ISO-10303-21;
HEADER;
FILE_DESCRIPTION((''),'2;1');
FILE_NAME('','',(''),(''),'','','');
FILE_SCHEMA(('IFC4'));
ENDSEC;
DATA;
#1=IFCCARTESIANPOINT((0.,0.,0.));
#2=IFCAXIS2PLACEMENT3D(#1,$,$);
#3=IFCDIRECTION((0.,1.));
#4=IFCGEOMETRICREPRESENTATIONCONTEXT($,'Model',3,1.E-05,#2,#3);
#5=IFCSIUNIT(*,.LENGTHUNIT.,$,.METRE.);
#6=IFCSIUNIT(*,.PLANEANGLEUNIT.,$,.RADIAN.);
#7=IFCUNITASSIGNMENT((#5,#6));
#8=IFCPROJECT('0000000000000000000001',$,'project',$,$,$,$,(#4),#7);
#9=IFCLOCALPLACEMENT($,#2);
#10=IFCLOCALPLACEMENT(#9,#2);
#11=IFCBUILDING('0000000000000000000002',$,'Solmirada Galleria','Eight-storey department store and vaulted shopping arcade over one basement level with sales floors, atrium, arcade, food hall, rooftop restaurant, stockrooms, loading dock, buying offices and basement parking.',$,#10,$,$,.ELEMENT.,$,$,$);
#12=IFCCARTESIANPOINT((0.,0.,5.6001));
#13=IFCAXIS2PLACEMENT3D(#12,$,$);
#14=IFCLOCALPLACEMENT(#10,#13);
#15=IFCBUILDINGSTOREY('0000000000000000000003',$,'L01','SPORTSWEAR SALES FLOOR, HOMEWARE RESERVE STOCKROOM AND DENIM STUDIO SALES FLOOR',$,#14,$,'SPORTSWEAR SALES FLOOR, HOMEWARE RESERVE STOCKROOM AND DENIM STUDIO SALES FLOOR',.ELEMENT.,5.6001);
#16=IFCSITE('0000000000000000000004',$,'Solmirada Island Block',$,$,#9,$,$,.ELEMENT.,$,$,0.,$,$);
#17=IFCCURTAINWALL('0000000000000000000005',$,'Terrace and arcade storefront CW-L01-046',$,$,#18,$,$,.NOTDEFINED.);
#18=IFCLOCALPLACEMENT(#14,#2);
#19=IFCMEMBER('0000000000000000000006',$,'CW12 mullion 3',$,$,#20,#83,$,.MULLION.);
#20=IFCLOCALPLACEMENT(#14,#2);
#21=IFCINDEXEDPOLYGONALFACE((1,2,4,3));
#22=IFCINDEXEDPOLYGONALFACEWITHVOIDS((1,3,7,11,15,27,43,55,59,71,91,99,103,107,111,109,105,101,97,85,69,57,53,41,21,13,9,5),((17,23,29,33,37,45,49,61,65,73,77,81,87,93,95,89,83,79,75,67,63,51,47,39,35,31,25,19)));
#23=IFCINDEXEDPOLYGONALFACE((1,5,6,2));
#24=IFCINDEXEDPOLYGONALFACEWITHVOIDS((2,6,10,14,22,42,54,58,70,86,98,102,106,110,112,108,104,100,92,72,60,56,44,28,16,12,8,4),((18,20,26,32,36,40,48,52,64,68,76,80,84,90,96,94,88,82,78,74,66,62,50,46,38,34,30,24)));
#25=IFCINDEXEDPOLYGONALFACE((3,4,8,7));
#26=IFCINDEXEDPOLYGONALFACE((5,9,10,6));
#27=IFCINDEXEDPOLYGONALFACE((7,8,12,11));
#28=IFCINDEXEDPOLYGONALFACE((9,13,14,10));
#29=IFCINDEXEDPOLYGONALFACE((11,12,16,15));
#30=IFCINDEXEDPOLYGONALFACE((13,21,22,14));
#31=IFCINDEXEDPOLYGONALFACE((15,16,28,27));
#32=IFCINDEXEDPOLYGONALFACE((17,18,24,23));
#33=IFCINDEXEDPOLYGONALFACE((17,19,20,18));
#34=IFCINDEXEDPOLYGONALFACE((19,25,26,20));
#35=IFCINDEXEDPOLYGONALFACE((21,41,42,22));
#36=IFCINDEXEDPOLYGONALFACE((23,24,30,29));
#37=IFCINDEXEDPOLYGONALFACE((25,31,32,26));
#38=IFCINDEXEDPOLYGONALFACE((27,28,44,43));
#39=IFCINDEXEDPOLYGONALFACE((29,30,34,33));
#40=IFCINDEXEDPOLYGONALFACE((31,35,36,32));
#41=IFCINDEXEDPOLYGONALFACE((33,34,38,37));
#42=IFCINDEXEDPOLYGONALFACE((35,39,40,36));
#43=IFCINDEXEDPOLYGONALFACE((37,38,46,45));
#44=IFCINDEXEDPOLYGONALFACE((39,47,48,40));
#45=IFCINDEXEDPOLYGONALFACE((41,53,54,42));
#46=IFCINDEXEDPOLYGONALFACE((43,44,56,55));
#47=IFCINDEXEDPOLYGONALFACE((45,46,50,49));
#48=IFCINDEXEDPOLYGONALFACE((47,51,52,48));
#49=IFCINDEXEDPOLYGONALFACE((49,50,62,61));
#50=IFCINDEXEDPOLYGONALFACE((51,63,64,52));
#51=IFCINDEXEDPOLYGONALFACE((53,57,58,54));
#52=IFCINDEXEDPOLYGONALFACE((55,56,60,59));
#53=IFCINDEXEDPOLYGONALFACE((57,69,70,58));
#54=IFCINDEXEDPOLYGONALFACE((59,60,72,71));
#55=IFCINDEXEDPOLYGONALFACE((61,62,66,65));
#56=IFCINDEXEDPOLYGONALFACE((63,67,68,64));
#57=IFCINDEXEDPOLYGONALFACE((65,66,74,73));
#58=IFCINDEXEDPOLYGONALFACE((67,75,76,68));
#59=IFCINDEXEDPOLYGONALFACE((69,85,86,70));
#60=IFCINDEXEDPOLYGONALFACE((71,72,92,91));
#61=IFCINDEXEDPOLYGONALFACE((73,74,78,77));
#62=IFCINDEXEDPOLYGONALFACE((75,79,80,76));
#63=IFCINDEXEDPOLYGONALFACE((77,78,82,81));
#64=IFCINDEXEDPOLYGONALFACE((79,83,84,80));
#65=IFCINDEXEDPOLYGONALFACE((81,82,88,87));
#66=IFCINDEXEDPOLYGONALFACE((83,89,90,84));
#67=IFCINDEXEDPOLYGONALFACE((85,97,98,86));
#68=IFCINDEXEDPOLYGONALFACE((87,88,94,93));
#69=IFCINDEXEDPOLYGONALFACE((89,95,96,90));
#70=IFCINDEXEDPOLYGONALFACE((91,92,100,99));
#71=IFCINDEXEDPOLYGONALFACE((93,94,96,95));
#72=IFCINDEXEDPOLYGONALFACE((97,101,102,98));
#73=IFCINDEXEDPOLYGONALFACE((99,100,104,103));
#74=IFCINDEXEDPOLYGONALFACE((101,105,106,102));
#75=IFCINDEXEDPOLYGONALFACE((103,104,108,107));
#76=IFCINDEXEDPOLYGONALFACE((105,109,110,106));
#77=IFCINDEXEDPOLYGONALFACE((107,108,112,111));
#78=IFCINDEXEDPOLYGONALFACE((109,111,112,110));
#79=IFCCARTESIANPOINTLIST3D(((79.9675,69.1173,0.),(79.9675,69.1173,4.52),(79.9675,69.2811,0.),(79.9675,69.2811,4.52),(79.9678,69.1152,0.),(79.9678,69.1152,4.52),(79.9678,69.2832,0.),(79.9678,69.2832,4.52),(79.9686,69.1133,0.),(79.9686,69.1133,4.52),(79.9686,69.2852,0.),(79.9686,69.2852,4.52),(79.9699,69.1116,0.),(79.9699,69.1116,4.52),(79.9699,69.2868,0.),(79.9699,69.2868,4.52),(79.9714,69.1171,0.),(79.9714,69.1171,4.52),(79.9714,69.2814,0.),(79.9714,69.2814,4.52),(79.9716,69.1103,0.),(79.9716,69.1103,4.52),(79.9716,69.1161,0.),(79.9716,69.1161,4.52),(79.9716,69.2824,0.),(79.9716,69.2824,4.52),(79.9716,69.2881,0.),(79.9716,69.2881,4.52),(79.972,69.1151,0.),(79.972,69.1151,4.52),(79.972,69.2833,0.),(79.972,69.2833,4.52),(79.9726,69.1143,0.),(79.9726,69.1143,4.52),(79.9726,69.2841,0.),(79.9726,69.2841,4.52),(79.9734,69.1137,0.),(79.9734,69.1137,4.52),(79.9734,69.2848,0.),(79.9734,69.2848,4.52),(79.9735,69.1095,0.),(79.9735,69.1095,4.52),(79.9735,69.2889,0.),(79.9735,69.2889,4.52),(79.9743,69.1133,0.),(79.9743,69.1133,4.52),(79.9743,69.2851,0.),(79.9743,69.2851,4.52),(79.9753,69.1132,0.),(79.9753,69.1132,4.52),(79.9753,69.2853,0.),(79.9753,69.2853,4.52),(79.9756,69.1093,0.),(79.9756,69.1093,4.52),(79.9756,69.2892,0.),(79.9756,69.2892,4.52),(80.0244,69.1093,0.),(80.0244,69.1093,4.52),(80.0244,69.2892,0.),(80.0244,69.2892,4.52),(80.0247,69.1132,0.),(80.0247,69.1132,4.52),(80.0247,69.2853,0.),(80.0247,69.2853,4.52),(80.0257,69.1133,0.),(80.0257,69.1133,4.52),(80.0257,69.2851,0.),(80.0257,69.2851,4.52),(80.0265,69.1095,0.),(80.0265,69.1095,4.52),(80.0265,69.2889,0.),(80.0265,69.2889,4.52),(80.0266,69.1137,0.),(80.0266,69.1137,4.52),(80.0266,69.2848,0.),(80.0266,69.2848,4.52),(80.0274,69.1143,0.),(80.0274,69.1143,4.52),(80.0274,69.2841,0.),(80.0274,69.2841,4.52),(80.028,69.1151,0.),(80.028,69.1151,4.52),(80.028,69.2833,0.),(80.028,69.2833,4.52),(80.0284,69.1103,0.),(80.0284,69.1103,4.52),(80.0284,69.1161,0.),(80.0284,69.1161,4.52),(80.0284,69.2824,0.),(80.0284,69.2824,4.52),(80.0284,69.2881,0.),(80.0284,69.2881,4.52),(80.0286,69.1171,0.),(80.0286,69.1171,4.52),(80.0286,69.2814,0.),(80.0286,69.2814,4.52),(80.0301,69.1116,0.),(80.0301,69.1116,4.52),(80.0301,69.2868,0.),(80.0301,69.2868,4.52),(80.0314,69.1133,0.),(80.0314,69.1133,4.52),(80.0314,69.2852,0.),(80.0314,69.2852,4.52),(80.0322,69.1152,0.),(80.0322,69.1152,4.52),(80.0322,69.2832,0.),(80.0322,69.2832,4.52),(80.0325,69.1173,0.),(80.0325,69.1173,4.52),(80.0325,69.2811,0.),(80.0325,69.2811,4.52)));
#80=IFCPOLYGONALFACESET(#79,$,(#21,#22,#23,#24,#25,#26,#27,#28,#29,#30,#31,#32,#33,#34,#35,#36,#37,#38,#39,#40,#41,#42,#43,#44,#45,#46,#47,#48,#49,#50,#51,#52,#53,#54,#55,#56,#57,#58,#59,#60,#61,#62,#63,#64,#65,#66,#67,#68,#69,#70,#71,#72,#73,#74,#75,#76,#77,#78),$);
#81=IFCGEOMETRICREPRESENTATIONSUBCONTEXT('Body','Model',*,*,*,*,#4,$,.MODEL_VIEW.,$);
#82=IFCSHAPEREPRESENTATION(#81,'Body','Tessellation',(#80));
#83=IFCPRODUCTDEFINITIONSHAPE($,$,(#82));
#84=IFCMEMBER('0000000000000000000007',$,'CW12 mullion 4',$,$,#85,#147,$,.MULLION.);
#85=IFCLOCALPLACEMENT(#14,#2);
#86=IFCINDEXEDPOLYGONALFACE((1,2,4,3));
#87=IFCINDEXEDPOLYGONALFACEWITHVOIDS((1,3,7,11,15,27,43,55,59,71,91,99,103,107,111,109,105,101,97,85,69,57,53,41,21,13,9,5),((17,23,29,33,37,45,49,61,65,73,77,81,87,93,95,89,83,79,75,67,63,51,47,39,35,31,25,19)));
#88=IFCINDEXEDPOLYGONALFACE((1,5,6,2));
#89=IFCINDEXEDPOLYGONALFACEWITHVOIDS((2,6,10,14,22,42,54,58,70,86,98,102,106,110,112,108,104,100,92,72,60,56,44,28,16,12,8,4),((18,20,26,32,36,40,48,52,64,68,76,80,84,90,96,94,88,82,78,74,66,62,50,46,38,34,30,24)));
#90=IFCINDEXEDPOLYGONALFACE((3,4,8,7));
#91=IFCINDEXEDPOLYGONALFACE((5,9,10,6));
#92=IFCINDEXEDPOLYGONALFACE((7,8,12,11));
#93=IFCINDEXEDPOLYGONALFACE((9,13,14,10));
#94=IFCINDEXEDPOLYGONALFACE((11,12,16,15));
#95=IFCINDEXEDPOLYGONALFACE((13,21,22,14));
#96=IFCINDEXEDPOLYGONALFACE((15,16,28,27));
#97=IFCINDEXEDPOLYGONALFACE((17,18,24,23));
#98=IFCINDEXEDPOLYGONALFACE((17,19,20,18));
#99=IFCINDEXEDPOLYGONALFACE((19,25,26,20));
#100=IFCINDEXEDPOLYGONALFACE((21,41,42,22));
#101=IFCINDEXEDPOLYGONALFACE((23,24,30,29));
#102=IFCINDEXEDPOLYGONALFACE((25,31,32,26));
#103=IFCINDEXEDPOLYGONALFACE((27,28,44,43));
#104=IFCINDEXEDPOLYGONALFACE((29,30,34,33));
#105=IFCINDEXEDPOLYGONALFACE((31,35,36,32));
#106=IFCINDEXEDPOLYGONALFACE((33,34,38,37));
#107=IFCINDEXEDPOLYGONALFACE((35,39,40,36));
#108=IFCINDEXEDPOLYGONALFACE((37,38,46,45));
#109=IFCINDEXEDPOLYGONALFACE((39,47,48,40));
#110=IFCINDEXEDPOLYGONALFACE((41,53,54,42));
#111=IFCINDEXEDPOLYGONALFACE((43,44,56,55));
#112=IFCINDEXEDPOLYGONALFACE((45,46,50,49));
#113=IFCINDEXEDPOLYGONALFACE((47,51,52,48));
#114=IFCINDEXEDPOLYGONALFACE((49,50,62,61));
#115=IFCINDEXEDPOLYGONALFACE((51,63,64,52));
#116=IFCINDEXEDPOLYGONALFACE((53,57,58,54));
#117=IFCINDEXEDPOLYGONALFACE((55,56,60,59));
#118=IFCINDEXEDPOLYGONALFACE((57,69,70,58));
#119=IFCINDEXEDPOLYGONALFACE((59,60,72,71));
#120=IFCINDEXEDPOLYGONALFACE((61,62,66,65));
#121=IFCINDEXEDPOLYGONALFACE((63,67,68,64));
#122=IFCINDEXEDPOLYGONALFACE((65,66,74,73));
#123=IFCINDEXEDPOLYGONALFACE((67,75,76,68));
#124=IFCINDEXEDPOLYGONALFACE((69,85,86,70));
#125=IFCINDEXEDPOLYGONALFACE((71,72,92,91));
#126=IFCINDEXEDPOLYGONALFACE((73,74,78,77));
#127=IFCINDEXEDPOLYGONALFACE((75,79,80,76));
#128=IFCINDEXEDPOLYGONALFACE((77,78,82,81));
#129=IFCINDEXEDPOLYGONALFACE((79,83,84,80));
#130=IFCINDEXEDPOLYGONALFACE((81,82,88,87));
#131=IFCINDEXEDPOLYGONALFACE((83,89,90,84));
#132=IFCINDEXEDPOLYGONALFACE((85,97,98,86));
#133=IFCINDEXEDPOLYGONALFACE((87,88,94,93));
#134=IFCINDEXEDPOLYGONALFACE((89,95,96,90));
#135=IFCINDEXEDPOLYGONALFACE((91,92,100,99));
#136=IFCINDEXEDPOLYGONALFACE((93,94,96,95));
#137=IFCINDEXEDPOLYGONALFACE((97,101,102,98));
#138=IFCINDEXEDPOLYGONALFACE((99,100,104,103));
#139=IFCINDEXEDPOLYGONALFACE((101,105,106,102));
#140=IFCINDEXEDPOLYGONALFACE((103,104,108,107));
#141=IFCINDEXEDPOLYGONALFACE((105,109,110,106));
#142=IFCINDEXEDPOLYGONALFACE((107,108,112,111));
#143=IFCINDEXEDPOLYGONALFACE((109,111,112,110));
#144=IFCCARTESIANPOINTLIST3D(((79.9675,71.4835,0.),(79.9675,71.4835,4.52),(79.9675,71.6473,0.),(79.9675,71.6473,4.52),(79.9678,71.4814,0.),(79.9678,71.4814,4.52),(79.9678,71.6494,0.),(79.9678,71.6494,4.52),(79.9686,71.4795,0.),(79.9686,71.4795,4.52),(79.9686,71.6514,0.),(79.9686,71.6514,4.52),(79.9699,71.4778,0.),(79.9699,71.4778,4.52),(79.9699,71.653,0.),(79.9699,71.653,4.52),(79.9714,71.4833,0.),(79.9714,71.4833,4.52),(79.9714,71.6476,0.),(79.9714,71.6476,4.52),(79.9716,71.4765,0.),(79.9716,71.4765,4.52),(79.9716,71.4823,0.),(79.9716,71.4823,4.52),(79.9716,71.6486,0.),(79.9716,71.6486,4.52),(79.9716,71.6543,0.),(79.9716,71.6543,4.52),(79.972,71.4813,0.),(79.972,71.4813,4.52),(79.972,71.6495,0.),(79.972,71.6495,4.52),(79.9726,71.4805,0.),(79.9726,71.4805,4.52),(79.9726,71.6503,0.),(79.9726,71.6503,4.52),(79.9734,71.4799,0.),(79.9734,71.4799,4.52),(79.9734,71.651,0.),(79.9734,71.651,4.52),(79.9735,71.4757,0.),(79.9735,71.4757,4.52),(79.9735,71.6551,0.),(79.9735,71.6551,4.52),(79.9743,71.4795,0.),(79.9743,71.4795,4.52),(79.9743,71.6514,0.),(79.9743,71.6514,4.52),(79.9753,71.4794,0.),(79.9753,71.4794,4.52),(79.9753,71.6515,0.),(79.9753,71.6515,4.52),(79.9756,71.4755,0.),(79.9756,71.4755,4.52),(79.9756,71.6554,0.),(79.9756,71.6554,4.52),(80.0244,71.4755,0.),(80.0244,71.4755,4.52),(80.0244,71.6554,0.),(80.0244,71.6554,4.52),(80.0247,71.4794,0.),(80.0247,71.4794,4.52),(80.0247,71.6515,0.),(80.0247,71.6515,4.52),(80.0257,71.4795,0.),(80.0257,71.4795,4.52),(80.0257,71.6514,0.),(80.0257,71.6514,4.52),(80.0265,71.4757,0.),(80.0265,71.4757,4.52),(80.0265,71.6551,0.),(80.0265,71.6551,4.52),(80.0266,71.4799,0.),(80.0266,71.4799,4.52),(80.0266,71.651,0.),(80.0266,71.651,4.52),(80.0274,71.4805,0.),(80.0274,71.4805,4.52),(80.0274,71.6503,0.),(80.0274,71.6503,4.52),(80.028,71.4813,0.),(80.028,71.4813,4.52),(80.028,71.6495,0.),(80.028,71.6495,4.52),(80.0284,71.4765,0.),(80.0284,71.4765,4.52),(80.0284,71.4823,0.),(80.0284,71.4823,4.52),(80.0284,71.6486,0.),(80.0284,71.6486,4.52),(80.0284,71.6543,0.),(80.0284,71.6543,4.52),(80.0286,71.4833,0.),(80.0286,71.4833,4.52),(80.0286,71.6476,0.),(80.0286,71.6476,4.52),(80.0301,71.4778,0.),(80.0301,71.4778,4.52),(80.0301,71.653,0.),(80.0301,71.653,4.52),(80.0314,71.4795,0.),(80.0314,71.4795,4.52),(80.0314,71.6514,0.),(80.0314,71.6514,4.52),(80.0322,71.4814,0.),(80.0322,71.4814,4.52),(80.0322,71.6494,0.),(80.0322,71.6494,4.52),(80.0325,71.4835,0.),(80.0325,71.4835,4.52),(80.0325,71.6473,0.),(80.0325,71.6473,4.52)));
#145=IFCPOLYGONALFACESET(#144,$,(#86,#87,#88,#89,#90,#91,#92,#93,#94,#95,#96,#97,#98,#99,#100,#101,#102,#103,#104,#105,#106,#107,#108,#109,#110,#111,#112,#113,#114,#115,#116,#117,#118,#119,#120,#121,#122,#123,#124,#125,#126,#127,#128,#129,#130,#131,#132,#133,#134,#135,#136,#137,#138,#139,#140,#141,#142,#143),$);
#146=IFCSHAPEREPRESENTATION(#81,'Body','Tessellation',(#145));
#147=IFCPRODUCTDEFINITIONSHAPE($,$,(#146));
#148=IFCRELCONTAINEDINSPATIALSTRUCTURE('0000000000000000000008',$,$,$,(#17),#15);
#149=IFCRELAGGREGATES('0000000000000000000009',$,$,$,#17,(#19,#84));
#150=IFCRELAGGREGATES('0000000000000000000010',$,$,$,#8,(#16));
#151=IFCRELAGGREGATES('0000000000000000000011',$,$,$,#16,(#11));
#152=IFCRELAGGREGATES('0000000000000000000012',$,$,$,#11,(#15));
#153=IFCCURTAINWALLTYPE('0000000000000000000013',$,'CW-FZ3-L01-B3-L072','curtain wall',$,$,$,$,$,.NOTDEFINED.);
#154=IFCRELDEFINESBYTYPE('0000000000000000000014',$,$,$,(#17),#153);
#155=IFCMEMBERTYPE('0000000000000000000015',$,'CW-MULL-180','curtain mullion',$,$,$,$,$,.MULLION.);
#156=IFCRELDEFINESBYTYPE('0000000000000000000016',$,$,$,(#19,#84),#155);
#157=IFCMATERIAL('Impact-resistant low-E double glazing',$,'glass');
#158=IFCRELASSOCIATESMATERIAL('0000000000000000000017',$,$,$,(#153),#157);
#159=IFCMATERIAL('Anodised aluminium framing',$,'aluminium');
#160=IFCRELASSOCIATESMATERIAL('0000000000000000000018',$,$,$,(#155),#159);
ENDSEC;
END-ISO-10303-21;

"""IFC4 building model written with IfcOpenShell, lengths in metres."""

from ifc_helpers import new_model, si_unit, direction, frame, origin, origin_2d, place, context, subcontext, project, spatial, hollow_rectangle, extrude, material, material_profile, profile_set, type_object, element, aggregate, save


model = new_model("IFC4")

# Units and contexts
model_context = context("Model", 3, precision=1e-05, world=origin(), true_north=direction((0.0, 1.0)))
body_context = subcontext(model_context, "Body", "Model", "MODEL_VIEW")
ifc_project = project(units=[si_unit("LENGTHUNIT", "METRE"), si_unit("PLANEANGLEUNIT", "RADIAN")], contexts=[model_context])

# Site, building, storey
site_placement = place(None, origin())
site = spatial("IfcSite", under=ifc_project, at=site_placement, Name="Solmirada Island Block", CompositionType="ELEMENT", RefElevation=0.0)
building_placement = place(site_placement, origin())
building = spatial("IfcBuilding", under=site, at=building_placement, Name="Solmirada Galleria", Description="Eight-storey department store and vaulted shopping arcade over one basement level with sales floors, atrium, arcade, food hall, rooftop restaurant, stockrooms, loading dock, buying offices and basement parking.", CompositionType="ELEMENT")
storey_placement = place(building_placement, frame((0.0, 0.0, 5.6001)))
storey = spatial("IfcBuildingStorey", under=building, at=storey_placement, Name="L01", Description="SPORTSWEAR SALES FLOOR, HOMEWARE RESERVE STOCKROOM AND DENIM STUDIO SALES FLOOR", LongName="SPORTSWEAR SALES FLOOR, HOMEWARE RESERVE STOCKROOM AND DENIM STUDIO SALES FLOOR", CompositionType="ELEMENT", Elevation=5.6001)

# Curtain wall, members
ifc_material_1 = material(Name="Impact-resistant low-E double glazing", Category="glass")
curtain_wall_type_1 = type_object("IfcCurtainWallType", Name="CW-FZ3-L01-B3-L072", Description="curtain wall", PredefinedType="NOTDEFINED", material=ifc_material_1)
curtain_wall_1_placement = place(storey_placement, origin())
curtain_wall_1 = element("IfcCurtainWall", 1, at=curtain_wall_1_placement, inside=storey, type_object=curtain_wall_type_1, Name="Terrace and arcade storefront CW-L01-046", PredefinedType="NOTDEFINED")
ifc_material_2 = material(Name="Anodised aluminium framing", Category="aluminium")
ifc_material_profile_1 = material_profile(ifc_material_2, hollow_rectangle(XDim=0.0649, YDim=0.1799, WallThickness=0.0039, InnerFilletRadius=0.0039, OuterFilletRadius=0.0081, at=origin_2d()), Name="ALU-MULL-180X65")
ifc_profile_set_1 = profile_set([ifc_material_profile_1], Name="Anodised aluminium framing")
member_type_1 = type_object("IfcMemberType", Name="CW-MULL-180", Description="curtain mullion", PredefinedType="MULLION", material=ifc_profile_set_1)
member_1_placement = place(storey_placement, frame((80.0, 69.1992, 0.0), z_axis=(0.0, 0.0, 1.0), x_axis=(-1.0, 0.0, 0.0)))
member_1 = element("IfcMember", 2, at=member_1_placement, type_object=member_type_1, Name="CW12 mullion 3", PredefinedType="MULLION", context=body_context, shape_type="SweptSolid", body=[
    extrude(hollow_rectangle(XDim=0.0649, YDim=0.1799, WallThickness=0.0039, InnerFilletRadius=0.0039, OuterFilletRadius=0.0081, at=origin_2d()), origin(), (0.0, 0.0, 1.0), 4.52),
])
member_2_placement = place(storey_placement, frame((80.0, 71.5654, 0.0), z_axis=(0.0, 0.0, 1.0), x_axis=(-1.0, 0.0, 0.0)))
member_2 = element("IfcMember", 3, at=member_2_placement, type_object=member_type_1, Name="CW12 mullion 4", PredefinedType="MULLION", context=body_context, shape_type="SweptSolid", body=[
    extrude(hollow_rectangle(XDim=0.0649, YDim=0.1799, WallThickness=0.0039, InnerFilletRadius=0.0039, OuterFilletRadius=0.0081, at=origin_2d()), origin(), (0.0, 0.0, 1.0), 4.52),
])

aggregate(curtain_wall_1, [member_1, member_2])

save(model, "model.ifc")
